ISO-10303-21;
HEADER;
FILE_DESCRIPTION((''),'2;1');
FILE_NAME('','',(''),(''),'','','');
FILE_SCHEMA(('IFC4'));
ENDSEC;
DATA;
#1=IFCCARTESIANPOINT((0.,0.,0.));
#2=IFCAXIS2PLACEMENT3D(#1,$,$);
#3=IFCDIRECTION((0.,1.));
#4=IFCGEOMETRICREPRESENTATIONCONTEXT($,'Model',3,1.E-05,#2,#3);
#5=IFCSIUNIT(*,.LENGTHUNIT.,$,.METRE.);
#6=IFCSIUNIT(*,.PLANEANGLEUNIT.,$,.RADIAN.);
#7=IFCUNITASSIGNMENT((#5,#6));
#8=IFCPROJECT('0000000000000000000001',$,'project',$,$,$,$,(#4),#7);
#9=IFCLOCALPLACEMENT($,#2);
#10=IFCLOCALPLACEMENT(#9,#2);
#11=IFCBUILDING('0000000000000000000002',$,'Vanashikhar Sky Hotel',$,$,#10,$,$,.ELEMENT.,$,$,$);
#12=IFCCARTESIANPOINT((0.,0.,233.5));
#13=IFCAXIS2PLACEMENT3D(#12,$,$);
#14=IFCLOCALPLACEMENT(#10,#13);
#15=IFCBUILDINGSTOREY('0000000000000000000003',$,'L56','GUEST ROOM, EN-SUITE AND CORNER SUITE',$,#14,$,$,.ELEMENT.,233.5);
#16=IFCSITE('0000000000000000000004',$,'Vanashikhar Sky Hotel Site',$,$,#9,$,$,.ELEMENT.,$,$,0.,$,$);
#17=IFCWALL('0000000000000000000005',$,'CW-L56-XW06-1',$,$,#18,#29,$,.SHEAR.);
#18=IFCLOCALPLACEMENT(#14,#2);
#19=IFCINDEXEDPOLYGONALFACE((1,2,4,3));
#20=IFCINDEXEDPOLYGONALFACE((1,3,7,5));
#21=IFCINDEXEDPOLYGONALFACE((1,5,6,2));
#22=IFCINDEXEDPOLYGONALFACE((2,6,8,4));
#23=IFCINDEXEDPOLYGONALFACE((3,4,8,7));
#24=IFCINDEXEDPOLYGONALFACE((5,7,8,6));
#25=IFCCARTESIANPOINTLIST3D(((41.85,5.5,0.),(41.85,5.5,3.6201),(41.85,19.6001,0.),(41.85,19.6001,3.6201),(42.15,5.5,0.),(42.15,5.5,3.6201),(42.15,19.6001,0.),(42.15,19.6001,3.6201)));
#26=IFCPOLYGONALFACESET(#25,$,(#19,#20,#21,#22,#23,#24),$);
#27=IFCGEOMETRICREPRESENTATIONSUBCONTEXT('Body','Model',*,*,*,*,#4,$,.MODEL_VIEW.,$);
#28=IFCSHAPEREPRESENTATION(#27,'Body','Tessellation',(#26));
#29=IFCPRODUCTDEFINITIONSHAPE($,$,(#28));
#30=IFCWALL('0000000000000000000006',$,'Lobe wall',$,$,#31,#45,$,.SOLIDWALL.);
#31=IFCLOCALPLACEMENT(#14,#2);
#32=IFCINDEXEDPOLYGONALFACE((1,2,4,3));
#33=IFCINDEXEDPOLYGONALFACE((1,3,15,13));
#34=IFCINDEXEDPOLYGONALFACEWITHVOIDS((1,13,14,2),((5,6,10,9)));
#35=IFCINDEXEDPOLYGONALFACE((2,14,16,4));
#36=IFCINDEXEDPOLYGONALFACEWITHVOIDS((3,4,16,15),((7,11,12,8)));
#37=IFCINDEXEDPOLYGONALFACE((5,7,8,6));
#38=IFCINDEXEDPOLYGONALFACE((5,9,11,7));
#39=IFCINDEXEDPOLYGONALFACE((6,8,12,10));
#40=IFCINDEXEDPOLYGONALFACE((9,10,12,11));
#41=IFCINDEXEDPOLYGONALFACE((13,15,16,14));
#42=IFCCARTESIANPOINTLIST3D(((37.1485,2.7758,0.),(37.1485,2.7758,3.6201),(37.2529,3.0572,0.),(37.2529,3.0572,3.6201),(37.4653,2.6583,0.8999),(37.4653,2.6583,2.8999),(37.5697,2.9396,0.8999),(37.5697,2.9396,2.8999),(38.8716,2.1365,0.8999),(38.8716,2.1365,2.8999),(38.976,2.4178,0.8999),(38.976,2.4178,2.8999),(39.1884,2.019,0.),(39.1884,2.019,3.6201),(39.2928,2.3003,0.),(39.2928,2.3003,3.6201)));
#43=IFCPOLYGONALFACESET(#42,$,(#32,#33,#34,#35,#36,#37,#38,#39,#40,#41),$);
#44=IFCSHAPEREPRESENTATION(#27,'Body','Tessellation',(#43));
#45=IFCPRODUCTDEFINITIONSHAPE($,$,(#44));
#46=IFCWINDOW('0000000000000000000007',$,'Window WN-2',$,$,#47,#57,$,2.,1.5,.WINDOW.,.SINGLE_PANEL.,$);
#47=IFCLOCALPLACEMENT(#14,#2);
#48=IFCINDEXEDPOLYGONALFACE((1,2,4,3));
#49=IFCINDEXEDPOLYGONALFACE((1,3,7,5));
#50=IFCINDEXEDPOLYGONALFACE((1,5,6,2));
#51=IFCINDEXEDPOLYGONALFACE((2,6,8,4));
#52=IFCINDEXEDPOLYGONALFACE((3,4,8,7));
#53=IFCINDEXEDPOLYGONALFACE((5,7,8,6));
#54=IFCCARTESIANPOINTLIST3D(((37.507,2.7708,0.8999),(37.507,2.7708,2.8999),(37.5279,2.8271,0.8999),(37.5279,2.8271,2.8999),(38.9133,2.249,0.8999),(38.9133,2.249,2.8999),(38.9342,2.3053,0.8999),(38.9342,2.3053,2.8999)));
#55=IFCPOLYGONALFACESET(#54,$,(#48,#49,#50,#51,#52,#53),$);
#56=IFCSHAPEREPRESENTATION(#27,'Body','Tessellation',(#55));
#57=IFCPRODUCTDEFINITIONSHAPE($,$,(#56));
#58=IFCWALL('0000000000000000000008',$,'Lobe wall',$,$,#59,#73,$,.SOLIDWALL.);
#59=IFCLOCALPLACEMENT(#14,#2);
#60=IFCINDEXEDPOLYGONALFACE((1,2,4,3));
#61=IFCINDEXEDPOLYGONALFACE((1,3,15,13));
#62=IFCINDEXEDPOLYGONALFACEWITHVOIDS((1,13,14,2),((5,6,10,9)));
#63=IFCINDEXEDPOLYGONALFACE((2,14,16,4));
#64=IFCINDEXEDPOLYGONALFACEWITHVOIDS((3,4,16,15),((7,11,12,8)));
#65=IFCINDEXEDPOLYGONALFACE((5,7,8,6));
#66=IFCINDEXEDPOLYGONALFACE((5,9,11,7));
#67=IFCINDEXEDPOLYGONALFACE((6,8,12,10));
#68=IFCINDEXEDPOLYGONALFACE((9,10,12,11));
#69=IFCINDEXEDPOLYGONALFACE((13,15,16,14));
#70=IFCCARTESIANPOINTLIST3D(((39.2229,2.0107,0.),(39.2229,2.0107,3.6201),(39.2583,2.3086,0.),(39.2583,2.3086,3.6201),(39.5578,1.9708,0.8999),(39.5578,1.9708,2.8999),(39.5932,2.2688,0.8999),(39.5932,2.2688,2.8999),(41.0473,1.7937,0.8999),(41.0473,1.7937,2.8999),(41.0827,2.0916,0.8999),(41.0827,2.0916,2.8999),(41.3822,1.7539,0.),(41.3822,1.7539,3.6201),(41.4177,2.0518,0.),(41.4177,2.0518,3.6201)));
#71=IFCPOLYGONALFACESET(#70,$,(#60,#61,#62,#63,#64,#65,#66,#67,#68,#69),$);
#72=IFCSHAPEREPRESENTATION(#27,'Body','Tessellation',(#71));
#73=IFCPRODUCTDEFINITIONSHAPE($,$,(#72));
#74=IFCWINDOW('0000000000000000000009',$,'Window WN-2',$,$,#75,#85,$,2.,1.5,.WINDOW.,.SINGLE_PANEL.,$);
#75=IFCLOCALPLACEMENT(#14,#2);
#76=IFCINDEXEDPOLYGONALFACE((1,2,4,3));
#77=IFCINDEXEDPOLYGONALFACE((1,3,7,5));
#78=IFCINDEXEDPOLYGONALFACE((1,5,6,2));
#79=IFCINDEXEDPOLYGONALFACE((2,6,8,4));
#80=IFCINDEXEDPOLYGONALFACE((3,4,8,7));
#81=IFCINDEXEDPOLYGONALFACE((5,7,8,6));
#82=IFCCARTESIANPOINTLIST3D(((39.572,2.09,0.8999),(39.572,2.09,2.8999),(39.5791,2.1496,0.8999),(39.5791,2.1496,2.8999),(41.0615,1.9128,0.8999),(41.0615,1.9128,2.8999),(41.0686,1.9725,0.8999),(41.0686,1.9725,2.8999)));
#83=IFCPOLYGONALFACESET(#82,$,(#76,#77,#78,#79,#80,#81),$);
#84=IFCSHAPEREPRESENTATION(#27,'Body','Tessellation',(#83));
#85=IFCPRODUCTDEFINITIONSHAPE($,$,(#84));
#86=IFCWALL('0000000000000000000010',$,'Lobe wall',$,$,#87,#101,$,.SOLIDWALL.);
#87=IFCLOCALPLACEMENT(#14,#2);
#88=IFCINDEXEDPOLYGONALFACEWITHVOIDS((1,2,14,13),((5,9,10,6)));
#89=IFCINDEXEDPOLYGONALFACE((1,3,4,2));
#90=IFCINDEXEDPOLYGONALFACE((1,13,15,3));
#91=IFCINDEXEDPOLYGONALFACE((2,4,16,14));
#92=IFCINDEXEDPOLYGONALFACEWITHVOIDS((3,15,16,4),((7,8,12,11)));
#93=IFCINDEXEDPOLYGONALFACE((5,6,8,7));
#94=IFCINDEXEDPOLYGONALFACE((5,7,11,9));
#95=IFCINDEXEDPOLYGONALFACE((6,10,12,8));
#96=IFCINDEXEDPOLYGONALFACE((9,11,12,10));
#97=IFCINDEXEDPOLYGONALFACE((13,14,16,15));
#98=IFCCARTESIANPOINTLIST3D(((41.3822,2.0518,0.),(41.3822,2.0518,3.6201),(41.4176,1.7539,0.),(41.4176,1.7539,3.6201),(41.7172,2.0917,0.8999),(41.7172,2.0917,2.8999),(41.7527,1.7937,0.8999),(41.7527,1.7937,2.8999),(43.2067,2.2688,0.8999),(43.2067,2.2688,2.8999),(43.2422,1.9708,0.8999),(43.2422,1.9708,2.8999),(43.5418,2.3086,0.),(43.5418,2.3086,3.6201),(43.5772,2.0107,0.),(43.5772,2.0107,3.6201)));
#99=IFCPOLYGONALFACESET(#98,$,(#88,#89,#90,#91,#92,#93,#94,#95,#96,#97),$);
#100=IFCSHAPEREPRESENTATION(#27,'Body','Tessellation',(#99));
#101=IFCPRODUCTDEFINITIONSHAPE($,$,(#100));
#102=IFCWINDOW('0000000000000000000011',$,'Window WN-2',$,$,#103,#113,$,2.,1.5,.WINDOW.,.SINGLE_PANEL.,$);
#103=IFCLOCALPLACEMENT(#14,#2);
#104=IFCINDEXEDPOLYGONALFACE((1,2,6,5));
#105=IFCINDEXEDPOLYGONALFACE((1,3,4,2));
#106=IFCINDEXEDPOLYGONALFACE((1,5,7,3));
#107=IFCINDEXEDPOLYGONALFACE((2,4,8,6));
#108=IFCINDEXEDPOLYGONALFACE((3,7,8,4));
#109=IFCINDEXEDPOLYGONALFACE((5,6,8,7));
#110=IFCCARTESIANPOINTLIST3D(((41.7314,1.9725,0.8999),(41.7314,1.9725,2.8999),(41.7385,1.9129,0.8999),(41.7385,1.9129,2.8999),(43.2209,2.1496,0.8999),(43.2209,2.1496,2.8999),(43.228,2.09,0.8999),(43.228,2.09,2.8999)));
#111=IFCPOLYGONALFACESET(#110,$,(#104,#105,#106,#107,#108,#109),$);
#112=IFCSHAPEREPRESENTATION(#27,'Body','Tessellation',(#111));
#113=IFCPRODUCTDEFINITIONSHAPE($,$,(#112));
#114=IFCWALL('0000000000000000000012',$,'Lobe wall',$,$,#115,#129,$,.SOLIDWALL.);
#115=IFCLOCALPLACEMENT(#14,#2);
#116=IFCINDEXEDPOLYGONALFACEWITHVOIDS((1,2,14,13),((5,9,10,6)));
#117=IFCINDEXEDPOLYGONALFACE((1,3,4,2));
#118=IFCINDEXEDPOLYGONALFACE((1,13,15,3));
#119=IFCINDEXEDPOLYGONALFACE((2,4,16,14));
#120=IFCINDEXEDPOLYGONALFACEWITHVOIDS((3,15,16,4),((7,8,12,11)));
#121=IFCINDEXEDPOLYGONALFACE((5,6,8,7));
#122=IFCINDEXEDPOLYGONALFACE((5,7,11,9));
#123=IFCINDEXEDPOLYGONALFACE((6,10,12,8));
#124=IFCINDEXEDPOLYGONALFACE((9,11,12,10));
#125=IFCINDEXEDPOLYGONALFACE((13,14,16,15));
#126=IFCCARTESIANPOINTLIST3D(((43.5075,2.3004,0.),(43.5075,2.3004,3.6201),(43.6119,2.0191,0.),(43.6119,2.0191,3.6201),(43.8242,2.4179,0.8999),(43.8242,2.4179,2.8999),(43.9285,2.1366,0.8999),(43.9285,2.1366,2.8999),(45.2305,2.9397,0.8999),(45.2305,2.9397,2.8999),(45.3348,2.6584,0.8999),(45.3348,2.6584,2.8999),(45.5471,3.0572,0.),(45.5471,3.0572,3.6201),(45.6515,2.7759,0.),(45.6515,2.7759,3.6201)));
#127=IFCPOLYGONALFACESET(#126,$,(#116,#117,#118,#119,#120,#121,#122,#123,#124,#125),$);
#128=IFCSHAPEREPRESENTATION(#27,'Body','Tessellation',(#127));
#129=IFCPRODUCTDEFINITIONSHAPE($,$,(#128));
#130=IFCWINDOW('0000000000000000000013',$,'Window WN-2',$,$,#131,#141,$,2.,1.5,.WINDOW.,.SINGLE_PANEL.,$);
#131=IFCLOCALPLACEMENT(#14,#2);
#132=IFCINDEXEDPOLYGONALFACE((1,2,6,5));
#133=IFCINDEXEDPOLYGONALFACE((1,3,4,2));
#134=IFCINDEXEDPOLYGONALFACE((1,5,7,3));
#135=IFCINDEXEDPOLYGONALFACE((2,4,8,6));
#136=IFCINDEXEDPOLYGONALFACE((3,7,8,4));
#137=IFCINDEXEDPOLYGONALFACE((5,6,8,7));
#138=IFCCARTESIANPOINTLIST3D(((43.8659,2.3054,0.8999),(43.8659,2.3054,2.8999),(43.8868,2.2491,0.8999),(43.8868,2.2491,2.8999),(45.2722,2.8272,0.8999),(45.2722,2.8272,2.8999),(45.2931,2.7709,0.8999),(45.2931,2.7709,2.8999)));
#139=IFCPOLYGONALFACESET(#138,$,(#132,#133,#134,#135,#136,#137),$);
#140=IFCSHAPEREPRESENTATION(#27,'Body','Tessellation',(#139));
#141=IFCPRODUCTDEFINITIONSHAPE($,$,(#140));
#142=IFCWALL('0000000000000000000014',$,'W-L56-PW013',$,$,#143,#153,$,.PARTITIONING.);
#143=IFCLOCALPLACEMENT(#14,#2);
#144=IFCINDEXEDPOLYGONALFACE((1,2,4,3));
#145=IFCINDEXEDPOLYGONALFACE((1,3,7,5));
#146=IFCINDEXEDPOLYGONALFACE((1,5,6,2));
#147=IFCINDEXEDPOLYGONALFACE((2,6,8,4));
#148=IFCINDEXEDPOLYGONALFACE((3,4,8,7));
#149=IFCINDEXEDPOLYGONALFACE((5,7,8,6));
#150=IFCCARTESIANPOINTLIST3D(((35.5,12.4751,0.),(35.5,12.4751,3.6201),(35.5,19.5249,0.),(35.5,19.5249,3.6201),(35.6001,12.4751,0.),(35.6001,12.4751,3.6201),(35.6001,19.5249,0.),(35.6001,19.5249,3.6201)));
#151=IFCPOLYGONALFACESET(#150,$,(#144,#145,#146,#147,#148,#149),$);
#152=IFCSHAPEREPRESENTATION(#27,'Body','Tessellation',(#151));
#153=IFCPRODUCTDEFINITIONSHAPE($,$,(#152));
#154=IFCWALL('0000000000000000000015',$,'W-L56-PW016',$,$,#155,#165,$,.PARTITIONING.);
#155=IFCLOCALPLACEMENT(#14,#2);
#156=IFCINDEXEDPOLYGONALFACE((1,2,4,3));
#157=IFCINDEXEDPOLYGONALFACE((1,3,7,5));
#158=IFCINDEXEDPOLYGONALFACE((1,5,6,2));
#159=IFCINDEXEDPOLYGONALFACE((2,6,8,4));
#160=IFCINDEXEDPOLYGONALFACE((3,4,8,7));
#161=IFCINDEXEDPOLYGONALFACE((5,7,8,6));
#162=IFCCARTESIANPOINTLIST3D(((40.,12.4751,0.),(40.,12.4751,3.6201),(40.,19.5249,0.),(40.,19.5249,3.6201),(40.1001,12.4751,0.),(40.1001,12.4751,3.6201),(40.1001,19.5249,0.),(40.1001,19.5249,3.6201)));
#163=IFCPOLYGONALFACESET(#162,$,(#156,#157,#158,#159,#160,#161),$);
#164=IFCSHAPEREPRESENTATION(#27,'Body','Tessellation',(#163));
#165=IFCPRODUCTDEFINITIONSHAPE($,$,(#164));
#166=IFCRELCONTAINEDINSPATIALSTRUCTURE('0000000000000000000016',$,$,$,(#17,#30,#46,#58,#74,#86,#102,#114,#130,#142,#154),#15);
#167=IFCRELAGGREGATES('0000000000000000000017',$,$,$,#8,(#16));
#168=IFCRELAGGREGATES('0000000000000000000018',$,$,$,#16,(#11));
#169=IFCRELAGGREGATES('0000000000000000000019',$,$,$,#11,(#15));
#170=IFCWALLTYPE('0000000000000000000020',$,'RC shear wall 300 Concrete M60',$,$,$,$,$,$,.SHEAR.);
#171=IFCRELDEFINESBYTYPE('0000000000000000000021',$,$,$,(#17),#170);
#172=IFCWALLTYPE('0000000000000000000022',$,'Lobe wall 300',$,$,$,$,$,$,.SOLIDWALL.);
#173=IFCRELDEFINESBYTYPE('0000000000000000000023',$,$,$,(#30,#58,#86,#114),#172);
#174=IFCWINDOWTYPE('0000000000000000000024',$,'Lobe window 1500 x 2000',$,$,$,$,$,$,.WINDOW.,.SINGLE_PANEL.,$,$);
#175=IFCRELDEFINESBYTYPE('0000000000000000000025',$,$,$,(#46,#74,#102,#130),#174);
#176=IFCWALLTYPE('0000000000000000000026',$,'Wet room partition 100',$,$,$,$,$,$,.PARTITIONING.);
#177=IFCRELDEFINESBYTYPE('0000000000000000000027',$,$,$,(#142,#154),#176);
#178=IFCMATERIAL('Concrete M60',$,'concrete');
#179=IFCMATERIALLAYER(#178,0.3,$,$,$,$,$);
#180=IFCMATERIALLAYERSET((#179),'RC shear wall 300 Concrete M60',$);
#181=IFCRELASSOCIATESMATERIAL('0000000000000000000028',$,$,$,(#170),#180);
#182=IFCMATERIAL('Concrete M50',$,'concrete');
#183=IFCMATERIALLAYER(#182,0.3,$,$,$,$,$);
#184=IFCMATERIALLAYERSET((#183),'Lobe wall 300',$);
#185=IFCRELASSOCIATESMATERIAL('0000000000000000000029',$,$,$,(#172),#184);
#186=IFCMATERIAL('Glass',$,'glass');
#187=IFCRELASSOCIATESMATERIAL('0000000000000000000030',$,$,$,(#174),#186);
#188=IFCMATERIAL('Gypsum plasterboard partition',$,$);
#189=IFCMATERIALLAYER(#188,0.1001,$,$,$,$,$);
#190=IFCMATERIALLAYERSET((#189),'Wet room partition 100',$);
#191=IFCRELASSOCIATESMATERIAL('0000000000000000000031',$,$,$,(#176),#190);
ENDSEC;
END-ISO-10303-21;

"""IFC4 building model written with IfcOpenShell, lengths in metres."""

from ifc_helpers import new_model, si_unit, direction, frame, frame_2d, origin, place, context, subcontext, project, spatial, rectangle, extrude, source, transform, mapped, material, layer, layer_set, type_object, element, fill, save


model = new_model("IFC4")

# Units and contexts
model_context = context("Model", 3, precision=1e-05, world=origin(), true_north=direction((0.0, 1.0)))
body_context = subcontext(model_context, "Body", "Model", "MODEL_VIEW")
ifc_project = project(units=[si_unit("LENGTHUNIT", "METRE"), si_unit("PLANEANGLEUNIT", "RADIAN")], contexts=[model_context])

# Site, building, storey
site_placement = place(None, origin())
site = spatial("IfcSite", under=ifc_project, at=site_placement, Name="Vanashikhar Sky Hotel Site", CompositionType="ELEMENT", RefElevation=0.0)
building_placement = place(site_placement, origin())
building = spatial("IfcBuilding", under=site, at=building_placement, Name="Vanashikhar Sky Hotel", CompositionType="ELEMENT")
storey_placement = place(building_placement, frame((0.0, 0.0, 233.5)))
storey = spatial("IfcBuildingStorey", under=building, at=storey_placement, Name="L56", Description="GUEST ROOM, EN-SUITE AND CORNER SUITE", CompositionType="ELEMENT", Elevation=233.5)

# Wall
ifc_material_1 = material(Name="Concrete M60", Category="concrete")
ifc_layer_1 = layer(ifc_material_1, 0.3)
ifc_layer_set_1 = layer_set([ifc_layer_1], Name="RC shear wall 300 Concrete M60")
wall_type_1 = type_object("IfcWallType", Name="RC shear wall 300 Concrete M60", PredefinedType="SHEAR", material=ifc_layer_set_1)
shared_shape_1 = source(origin(), body_context, "Body", "SweptSolid", [
    extrude(rectangle(XDim=14.1001, YDim=0.3, at=frame_2d((7.05, 0.0))), origin(), (0.0, 0.0, 1.0), 3.6201),
])
wall_1_placement = place(storey_placement, frame((42.0, 5.5, 0.0), z_axis=(0.0, 0.0, 1.0), x_axis=(0.0, 1.0, 0.0)))
element("IfcWall", 1, at=wall_1_placement, inside=storey, type_object=wall_type_1, Name="CW-L56-XW06-1", PredefinedType="SHEAR", context=body_context, shape_type="MappedRepresentation", body=[
    mapped(shared_shape_1, transform((0.0, 0.0, 0.0), scale=1.0)),
])

# Walls, openings, windows
ifc_material_2 = material(Name="Concrete M50", Category="concrete")
ifc_layer_2 = layer(ifc_material_2, 0.3)
ifc_layer_set_2 = layer_set([ifc_layer_2], Name="Lobe wall 300")
wall_type_2 = type_object("IfcWallType", Name="Lobe wall 300", PredefinedType="SOLIDWALL", material=ifc_layer_set_2)
shared_shape_2 = source(origin(), body_context, "Body", "SweptSolid", [
    extrude(rectangle(XDim=2.1758, YDim=0.3, at=frame_2d((1.0879, 0.0))), origin(), (0.0, 0.0, 1.0), 3.6201),
])
wall_2_placement = place(storey_placement, frame((37.2007, 2.9165, 0.0), z_axis=(0.0, 0.0, 1.0), x_axis=(0.937546, -0.347863, 0.0)))
wall_2 = element("IfcWall", 2, at=wall_2_placement, inside=storey, type_object=wall_type_2, Name="Lobe wall", PredefinedType="SOLIDWALL", context=body_context, shape_type="MappedRepresentation", body=[
    mapped(shared_shape_2, transform((0.0, 0.0, 0.0), scale=1.0)),
])
shared_shape_3 = source(origin(), body_context, "Body", "SweptSolid", [
    extrude(rectangle(XDim=1.5, YDim=2.0, at=frame_2d((0.75, 1.0))), frame((0.0, 0.1602, 0.0), z_axis=(0.0, -1.0, 0.0), x_axis=(1.0, 0.0, 0.0)), (0.0, 0.0, 1.0), 0.3201),
])
opening_1_placement = place(wall_2_placement, frame((0.3379, 0.0, 0.8999)))
opening_1 = element("IfcOpeningElement", 3, at=opening_1_placement, cuts=wall_2, PredefinedType="OPENING", context=body_context, shape_type="MappedRepresentation", body=[
    mapped(shared_shape_3, transform((0.0, 0.0, 0.0), scale=1.0)),
])
ifc_material_3 = material(Name="Glass", Category="glass")
window_type = type_object("IfcWindowType", Name="Lobe window 1500 x 2000", PartitioningType="SINGLE_PANEL", PredefinedType="WINDOW", material=ifc_material_3)
shared_shape_4 = source(origin(), body_context, "Body", "SweptSolid", [
    extrude(rectangle(XDim=1.5, YDim=2.0, at=frame_2d((0.75, 1.0))), frame((0.0, 0.03, 0.0), z_axis=(0.0, -1.0, 0.0), x_axis=(1.0, 0.0, 0.0)), (0.0, 0.0, 1.0), 0.0601),
])
window_1_placement = place(opening_1_placement, origin())
window_1 = element("IfcWindow", 4, at=window_1_placement, inside=storey, type_object=window_type, Name="Window WN-2", OverallHeight=2.0, OverallWidth=1.5, PartitioningType="SINGLE_PANEL", PredefinedType="WINDOW", context=body_context, shape_type="MappedRepresentation", body=[
    mapped(shared_shape_4, transform((0.0, 0.0, 0.0), scale=1.0)),
])
fill(opening_1, window_1)
shared_shape_5 = source(origin(), body_context, "Body", "SweptSolid", [
    extrude(rectangle(XDim=2.1746, YDim=0.3, at=frame_2d((1.0874, 0.0))), origin(), (0.0, 0.0, 1.0), 3.6201),
])
wall_3_placement = place(storey_placement, frame((39.2405, 2.1597, 0.0), z_axis=(0.0, 0.0, 1.0), x_axis=(0.993001, -0.118105, 0.0)))
wall_3 = element("IfcWall", 5, at=wall_3_placement, inside=storey, type_object=wall_type_2, Name="Lobe wall", PredefinedType="SOLIDWALL", context=body_context, shape_type="MappedRepresentation", body=[
    mapped(shared_shape_5, transform((0.0, 0.0, 0.0), scale=1.0)),
])
opening_2_placement = place(wall_3_placement, frame((0.3374, 0.0, 0.8999)))
opening_2 = element("IfcOpeningElement", 6, at=opening_2_placement, cuts=wall_3, PredefinedType="OPENING", context=body_context, shape_type="MappedRepresentation", body=[
    mapped(shared_shape_3, transform((0.0, 0.0, 0.0), scale=1.0)),
])
window_2_placement = place(opening_2_placement, origin())
window_2 = element("IfcWindow", 7, at=window_2_placement, inside=storey, type_object=window_type, Name="Window WN-2", OverallHeight=2.0, OverallWidth=1.5, PartitioningType="SINGLE_PANEL", PredefinedType="WINDOW", context=body_context, shape_type="MappedRepresentation", body=[
    mapped(shared_shape_4, transform((0.0, 0.0, 0.0), scale=1.0)),
])
fill(opening_2, window_2)
shared_shape_6 = source(origin(), body_context, "Body", "SweptSolid", [
    extrude(rectangle(XDim=2.1748, YDim=0.3, at=frame_2d((1.0874, 0.0))), origin(), (0.0, 0.0, 1.0), 3.6201),
])
wall_4_placement = place(storey_placement, frame((41.3999, 1.9028, 0.0), z_axis=(0.0, 0.0, 1.0), x_axis=(0.993003, 0.118092, 0.0)))
wall_4 = element("IfcWall", 8, at=wall_4_placement, inside=storey, type_object=wall_type_2, Name="Lobe wall", PredefinedType="SOLIDWALL", context=body_context, shape_type="MappedRepresentation", body=[
    mapped(shared_shape_6, transform((0.0, 0.0, 0.0), scale=1.0)),
])
opening_3_placement = place(wall_4_placement, frame((0.3374, 0.0, 0.8999)))
opening_3 = element("IfcOpeningElement", 9, at=opening_3_placement, cuts=wall_4, PredefinedType="OPENING", context=body_context, shape_type="MappedRepresentation", body=[
    mapped(shared_shape_3, transform((0.0, 0.0, 0.0), scale=1.0)),
])
window_3_placement = place(opening_3_placement, origin())
window_3 = element("IfcWindow", 10, at=window_3_placement, inside=storey, type_object=window_type, Name="Window WN-2", OverallHeight=2.0, OverallWidth=1.5, PartitioningType="SINGLE_PANEL", PredefinedType="WINDOW", context=body_context, shape_type="MappedRepresentation", body=[
    mapped(shared_shape_4, transform((0.0, 0.0, 0.0), scale=1.0)),
])
fill(opening_3, window_3)
shared_shape_7 = source(origin(), body_context, "Body", "SweptSolid", [
    extrude(rectangle(XDim=2.1755, YDim=0.3, at=frame_2d((1.0879, 0.0))), origin(), (0.0, 0.0, 1.0), 3.6201),
])
wall_5_placement = place(storey_placement, frame((43.5596, 2.1597, 0.0), z_axis=(0.0, 0.0, 1.0), x_axis=(0.937532, 0.347899, 0.0)))
wall_5 = element("IfcWall", 11, at=wall_5_placement, inside=storey, type_object=wall_type_2, Name="Lobe wall", PredefinedType="SOLIDWALL", context=body_context, shape_type="MappedRepresentation", body=[
    mapped(shared_shape_7, transform((0.0, 0.0, 0.0), scale=1.0)),
])
opening_4_placement = place(wall_5_placement, frame((0.3379, 0.0, 0.8999)))
opening_4 = element("IfcOpeningElement", 12, at=opening_4_placement, cuts=wall_5, PredefinedType="OPENING", context=body_context, shape_type="MappedRepresentation", body=[
    mapped(shared_shape_3, transform((0.0, 0.0, 0.0), scale=1.0)),
])
window_4_placement = place(opening_4_placement, origin())
window_4 = element("IfcWindow", 13, at=window_4_placement, inside=storey, type_object=window_type, Name="Window WN-2", OverallHeight=2.0, OverallWidth=1.5, PartitioningType="SINGLE_PANEL", PredefinedType="WINDOW", context=body_context, shape_type="MappedRepresentation", body=[
    mapped(shared_shape_4, transform((0.0, 0.0, 0.0), scale=1.0)),
])
fill(opening_4, window_4)

# Walls
ifc_material_4 = material(Name="Gypsum plasterboard partition")
ifc_layer_3 = layer(ifc_material_4, 0.1001)
ifc_layer_set_3 = layer_set([ifc_layer_3], Name="Wet room partition 100")
wall_type_3 = type_object("IfcWallType", Name="Wet room partition 100", PredefinedType="PARTITIONING", material=ifc_layer_set_3)
shared_shape_8 = source(origin(), body_context, "Body", "SweptSolid", [
    extrude(rectangle(XDim=7.0498, YDim=0.1001, at=frame_2d((3.5249, 0.0))), origin(), (0.0, 0.0, 1.0), 3.6201),
])
for number, where, z_axis, x_axis, name in (
    (14, (35.55, 12.4751, 0.0), (0.0, 0.0, 1.0), (0.0, 1.0, 0.0), "W-L56-PW013"),
    (15, (40.05, 12.4751, 0.0), (0.0, 0.0, 1.0), (0.0, 1.0, 0.0), "W-L56-PW016"),
):
    element("IfcWall", number, at=place(storey_placement, frame(where, z_axis=z_axis, x_axis=x_axis)), inside=storey, type_object=wall_type_3, Name=name, PredefinedType="PARTITIONING", context=body_context, shape_type="MappedRepresentation", body=[
        mapped(shared_shape_8, transform((0.0, 0.0, 0.0), scale=1.0)),
    ])

save(model, "model.ifc")
